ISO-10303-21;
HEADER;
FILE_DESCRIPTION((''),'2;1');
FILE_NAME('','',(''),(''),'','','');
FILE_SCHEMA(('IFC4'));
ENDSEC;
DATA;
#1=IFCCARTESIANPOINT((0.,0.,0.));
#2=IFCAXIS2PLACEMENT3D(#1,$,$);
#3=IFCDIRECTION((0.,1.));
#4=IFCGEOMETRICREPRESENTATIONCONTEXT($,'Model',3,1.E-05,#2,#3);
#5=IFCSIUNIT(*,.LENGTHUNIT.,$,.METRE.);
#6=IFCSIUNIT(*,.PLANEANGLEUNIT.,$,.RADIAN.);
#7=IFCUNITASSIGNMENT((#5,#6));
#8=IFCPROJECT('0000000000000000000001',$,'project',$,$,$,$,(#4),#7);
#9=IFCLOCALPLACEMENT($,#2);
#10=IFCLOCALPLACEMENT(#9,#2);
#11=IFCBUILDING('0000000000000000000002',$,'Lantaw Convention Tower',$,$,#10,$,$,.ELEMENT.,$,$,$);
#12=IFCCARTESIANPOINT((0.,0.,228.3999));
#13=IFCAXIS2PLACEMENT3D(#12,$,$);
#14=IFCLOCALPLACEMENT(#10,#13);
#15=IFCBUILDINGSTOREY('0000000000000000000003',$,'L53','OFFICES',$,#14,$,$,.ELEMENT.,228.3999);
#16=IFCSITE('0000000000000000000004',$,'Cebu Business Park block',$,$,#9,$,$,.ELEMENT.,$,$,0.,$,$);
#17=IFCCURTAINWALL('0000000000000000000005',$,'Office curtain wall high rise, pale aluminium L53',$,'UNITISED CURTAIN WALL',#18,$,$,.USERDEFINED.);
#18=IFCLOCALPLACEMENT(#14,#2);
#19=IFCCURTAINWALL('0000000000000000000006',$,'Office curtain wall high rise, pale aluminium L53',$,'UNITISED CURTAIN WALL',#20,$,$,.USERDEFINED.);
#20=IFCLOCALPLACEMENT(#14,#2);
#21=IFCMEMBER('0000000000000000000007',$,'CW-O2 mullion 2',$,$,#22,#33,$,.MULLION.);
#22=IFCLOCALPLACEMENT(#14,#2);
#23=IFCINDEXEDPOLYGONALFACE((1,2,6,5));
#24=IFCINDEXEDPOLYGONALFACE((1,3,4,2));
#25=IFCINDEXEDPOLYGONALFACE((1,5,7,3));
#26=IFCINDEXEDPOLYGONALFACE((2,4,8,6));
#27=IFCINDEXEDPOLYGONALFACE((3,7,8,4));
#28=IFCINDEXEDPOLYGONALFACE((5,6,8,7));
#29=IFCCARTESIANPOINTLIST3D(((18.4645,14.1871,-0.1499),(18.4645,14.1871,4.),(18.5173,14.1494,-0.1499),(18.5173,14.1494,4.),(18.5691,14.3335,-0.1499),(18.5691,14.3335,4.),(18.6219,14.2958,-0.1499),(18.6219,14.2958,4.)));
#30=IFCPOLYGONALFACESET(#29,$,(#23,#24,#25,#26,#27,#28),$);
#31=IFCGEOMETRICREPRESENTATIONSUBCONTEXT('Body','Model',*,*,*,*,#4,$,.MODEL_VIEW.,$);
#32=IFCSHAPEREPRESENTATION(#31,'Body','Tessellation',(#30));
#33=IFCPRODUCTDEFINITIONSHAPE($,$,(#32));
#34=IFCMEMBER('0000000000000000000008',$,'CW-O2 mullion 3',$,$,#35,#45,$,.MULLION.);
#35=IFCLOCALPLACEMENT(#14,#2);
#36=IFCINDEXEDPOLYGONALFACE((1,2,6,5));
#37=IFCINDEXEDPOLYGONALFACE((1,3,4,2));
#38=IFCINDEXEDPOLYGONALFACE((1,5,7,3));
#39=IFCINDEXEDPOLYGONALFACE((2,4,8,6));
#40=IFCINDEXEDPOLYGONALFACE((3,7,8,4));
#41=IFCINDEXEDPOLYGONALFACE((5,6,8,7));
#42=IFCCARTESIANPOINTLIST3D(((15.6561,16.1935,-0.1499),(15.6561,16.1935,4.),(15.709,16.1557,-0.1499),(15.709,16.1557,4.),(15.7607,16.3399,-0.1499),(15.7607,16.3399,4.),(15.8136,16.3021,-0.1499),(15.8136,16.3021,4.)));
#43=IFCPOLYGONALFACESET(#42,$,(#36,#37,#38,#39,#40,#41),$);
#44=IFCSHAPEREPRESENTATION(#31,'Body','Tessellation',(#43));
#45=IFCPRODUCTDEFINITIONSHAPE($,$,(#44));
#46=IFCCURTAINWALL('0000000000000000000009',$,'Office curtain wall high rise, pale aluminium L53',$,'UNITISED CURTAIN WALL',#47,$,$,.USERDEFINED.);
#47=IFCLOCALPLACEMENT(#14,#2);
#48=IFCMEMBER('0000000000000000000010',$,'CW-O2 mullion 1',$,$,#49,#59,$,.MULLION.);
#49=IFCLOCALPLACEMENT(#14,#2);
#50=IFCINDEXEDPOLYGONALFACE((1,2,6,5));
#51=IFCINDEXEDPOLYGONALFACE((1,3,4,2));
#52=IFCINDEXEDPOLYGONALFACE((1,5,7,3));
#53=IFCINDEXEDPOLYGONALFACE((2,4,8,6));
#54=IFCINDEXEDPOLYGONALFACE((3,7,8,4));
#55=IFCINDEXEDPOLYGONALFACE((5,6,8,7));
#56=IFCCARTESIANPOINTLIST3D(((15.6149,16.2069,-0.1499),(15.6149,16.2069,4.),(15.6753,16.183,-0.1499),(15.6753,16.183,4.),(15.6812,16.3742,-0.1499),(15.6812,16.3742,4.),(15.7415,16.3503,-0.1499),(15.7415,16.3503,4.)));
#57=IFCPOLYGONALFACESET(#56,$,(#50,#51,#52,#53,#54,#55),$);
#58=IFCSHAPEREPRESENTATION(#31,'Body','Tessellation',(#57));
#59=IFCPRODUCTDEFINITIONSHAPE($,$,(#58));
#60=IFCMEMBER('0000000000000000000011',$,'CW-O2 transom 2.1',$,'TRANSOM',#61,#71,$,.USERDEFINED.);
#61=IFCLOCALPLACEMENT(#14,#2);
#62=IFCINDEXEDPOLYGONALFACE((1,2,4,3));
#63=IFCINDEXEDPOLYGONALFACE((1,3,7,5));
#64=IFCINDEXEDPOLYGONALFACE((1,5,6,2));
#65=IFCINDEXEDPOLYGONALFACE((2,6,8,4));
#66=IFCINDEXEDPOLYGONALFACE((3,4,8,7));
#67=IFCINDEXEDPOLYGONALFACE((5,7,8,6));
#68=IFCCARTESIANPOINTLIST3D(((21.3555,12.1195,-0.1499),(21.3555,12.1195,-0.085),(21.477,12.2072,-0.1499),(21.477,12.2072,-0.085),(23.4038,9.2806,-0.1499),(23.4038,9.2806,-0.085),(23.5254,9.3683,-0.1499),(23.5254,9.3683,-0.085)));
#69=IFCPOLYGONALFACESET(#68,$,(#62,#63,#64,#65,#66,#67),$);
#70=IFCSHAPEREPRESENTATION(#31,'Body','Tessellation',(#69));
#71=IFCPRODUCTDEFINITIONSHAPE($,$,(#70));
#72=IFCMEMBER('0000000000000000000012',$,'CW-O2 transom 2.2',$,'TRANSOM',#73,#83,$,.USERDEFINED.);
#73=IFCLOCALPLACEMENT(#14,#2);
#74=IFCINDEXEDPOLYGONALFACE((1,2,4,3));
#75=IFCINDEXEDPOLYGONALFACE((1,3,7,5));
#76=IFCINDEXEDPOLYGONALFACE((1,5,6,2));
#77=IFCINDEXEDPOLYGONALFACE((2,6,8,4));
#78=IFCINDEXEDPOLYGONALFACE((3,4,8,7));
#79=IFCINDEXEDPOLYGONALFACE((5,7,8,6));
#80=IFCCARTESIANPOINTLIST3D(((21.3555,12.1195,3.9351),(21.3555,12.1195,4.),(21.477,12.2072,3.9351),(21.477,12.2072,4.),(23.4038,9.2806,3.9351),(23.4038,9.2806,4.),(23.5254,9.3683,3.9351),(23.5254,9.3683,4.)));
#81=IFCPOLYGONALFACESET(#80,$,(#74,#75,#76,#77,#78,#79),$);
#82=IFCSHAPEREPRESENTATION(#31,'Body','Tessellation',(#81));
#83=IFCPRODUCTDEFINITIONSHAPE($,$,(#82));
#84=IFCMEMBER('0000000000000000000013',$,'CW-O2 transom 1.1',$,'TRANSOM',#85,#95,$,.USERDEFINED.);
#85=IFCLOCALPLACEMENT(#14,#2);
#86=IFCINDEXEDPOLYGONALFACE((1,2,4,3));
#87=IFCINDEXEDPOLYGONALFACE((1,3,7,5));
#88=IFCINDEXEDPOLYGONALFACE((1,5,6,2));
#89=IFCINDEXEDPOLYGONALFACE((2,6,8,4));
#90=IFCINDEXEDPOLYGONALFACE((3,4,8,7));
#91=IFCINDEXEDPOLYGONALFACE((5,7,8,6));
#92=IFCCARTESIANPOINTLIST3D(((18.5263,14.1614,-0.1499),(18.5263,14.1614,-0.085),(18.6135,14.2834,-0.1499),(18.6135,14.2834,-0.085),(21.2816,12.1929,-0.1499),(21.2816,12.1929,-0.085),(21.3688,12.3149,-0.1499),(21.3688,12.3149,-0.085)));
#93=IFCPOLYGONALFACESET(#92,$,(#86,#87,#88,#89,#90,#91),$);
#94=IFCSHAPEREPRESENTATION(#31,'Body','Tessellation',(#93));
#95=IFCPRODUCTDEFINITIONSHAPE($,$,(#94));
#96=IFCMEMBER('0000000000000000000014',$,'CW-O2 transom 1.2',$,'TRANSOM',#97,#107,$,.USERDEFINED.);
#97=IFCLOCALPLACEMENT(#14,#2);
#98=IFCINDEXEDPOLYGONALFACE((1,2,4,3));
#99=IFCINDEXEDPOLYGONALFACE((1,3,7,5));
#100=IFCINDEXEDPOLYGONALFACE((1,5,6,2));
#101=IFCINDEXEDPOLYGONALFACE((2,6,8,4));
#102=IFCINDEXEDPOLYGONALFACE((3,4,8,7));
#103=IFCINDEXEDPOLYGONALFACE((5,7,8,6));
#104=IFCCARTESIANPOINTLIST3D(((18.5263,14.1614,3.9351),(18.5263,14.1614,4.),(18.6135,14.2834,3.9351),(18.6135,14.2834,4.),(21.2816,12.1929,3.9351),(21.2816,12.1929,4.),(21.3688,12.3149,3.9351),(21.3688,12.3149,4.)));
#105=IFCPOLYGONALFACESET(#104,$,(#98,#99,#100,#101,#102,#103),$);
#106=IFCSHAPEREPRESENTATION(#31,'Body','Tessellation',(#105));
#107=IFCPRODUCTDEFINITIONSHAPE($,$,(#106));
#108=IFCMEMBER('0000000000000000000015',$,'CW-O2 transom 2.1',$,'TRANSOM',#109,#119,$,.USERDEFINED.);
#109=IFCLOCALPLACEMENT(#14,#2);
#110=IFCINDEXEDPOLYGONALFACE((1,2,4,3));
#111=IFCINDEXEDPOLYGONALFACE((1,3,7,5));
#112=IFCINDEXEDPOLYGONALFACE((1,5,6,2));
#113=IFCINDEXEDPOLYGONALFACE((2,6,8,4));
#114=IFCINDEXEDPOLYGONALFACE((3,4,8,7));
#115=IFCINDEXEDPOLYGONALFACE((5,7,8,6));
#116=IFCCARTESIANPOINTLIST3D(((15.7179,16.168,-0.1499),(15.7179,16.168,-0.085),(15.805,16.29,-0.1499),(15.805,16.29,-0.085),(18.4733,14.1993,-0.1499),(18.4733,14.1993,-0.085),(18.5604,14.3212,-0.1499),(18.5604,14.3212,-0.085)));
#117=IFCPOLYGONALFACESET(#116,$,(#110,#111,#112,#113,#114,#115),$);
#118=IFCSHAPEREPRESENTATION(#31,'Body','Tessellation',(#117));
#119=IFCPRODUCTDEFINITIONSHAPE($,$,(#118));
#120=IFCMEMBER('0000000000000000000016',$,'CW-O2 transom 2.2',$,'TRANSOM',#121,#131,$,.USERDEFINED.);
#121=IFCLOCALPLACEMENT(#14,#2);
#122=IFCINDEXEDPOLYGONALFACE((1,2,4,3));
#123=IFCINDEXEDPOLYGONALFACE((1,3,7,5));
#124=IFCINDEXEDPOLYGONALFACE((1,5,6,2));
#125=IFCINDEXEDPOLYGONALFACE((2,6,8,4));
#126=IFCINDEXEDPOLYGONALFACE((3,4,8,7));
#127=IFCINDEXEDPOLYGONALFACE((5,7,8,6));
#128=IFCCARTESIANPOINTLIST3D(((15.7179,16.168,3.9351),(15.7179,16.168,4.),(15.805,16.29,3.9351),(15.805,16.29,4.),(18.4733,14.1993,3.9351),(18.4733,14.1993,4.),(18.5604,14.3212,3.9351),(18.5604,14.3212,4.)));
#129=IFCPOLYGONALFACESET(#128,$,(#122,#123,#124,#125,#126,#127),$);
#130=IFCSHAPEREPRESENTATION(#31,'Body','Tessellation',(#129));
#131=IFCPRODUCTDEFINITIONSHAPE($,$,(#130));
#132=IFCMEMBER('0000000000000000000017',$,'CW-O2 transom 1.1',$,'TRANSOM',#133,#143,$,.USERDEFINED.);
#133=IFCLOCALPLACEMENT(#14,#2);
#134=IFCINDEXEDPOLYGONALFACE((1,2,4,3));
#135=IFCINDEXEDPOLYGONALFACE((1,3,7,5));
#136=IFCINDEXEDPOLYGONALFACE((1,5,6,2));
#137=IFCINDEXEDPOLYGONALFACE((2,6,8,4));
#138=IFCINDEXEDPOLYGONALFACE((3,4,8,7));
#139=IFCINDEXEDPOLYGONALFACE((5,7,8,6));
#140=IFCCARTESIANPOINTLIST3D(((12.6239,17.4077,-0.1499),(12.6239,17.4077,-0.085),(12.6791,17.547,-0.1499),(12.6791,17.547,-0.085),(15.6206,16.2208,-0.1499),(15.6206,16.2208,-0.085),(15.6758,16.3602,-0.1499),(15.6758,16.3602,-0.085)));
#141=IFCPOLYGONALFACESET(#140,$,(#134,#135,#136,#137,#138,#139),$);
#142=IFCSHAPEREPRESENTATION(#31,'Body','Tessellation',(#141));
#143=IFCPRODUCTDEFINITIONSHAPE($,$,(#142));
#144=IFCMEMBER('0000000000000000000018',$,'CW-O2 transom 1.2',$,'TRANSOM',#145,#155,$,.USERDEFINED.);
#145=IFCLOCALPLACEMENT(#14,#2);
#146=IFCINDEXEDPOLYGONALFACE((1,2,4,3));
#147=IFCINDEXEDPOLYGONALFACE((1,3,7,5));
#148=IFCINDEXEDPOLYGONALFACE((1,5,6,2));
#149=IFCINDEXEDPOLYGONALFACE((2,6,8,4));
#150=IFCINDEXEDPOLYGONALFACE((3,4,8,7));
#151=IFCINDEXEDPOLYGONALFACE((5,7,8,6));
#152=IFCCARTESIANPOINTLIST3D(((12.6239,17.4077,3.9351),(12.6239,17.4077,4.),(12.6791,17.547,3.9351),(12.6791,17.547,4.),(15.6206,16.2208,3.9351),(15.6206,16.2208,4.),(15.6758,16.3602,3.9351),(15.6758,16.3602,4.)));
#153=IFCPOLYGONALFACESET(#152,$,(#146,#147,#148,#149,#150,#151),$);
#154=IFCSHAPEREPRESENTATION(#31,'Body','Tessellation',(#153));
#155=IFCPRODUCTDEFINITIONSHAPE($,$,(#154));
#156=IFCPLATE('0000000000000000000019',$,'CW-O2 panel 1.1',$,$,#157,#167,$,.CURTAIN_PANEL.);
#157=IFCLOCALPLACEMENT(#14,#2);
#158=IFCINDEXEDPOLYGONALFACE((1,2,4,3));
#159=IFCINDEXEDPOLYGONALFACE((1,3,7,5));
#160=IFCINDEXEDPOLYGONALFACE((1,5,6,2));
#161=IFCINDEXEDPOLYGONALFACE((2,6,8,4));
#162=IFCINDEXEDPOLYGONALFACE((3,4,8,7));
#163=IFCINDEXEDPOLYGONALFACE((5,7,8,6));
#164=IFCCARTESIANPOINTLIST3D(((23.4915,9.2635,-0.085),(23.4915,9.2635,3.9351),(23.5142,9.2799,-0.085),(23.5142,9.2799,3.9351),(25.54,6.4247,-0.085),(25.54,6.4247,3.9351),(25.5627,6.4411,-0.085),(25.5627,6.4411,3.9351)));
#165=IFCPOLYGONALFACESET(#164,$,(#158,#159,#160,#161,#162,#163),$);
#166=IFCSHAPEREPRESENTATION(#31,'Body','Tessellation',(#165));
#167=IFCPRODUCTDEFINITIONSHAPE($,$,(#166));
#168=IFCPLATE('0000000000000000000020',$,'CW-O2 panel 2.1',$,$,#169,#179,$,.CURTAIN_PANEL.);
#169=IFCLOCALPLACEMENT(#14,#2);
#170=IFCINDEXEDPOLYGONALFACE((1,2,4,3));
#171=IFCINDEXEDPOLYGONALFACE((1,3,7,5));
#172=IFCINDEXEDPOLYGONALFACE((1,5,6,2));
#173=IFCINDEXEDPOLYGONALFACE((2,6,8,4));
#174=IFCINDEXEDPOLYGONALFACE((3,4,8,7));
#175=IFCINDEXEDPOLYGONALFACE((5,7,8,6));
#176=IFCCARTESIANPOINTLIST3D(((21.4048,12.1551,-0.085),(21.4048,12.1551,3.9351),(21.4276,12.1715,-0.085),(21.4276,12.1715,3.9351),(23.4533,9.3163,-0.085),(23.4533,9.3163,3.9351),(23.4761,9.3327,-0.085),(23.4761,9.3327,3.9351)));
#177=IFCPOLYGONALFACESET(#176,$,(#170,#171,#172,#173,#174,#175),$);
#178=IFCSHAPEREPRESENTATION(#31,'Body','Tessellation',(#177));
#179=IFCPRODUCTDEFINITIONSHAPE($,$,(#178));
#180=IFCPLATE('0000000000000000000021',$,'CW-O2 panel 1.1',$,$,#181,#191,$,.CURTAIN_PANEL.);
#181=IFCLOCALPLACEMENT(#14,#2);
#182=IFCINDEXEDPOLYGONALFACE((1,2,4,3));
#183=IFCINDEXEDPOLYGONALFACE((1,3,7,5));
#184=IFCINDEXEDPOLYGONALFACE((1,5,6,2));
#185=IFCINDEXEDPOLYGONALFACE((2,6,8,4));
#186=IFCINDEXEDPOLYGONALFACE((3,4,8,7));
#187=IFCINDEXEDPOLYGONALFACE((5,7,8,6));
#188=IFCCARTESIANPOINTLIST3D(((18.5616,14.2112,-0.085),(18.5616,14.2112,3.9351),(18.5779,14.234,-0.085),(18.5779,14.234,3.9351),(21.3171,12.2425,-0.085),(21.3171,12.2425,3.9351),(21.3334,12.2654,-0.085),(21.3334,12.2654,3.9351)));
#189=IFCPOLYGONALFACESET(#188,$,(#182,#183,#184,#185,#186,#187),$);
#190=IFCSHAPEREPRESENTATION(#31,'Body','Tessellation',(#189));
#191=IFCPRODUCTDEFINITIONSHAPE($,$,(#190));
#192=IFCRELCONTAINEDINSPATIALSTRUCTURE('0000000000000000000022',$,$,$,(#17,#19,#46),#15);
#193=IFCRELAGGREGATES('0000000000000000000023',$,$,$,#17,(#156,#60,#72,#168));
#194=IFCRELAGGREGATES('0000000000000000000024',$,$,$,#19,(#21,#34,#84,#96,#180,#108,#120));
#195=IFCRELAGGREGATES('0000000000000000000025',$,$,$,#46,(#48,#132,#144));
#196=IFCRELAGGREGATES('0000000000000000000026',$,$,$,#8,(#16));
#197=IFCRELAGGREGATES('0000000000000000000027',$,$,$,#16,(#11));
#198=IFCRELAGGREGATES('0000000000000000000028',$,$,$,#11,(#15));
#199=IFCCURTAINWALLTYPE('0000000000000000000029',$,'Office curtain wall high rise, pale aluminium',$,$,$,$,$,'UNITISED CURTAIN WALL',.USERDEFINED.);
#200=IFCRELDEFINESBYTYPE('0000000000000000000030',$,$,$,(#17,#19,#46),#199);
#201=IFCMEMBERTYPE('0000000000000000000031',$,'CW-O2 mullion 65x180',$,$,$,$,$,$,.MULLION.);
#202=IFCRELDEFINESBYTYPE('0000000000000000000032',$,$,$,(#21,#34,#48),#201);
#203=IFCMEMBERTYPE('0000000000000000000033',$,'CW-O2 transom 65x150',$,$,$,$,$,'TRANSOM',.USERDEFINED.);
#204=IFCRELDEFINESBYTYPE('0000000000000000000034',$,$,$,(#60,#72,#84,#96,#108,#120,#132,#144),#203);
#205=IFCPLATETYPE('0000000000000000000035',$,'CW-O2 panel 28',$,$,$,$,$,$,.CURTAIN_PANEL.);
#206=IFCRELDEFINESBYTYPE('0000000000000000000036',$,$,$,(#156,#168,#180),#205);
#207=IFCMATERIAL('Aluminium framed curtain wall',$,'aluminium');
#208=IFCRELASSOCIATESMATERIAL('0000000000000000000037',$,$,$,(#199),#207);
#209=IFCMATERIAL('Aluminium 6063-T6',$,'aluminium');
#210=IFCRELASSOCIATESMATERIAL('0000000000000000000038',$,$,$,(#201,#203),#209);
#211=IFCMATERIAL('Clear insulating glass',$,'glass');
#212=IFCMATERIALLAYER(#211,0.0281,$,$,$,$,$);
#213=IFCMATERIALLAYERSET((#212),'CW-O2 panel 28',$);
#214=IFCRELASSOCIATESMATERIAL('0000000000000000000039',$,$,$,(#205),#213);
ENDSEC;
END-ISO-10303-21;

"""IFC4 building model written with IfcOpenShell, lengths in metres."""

from ifc_helpers import new_model, si_unit, direction, frame, origin, origin_2d, place, context, subcontext, project, spatial, rectangle, extrude, material, layer, layer_set, material_profile, profile_set, type_object, element, aggregate, save


model = new_model("IFC4")

# Units and contexts
model_context = context("Model", 3, precision=1e-05, world=origin(), true_north=direction((0.0, 1.0)))
body_context = subcontext(model_context, "Body", "Model", "MODEL_VIEW")
ifc_project = project(units=[si_unit("LENGTHUNIT", "METRE"), si_unit("PLANEANGLEUNIT", "RADIAN")], contexts=[model_context])

# Site, building, storey
site_placement = place(None, origin())
site = spatial("IfcSite", under=ifc_project, at=site_placement, Name="Cebu Business Park block", CompositionType="ELEMENT", RefElevation=0.0)
building_placement = place(site_placement, origin())
building = spatial("IfcBuilding", under=site, at=building_placement, Name="Lantaw Convention Tower", CompositionType="ELEMENT")
storey_placement = place(building_placement, frame((0.0, 0.0, 228.3999)))
storey = spatial("IfcBuildingStorey", under=building, at=storey_placement, Name="L53", Description="OFFICES", CompositionType="ELEMENT", Elevation=228.3999)

# Curtain walls, members
ifc_material_1 = material(Name="Aluminium framed curtain wall", Category="aluminium")
curtain_wall_type = type_object("IfcCurtainWallType", Name="Office curtain wall high rise, pale aluminium", ElementType="UNITISED CURTAIN WALL", PredefinedType="USERDEFINED", material=ifc_material_1)
curtain_wall_1_placement = place(storey_placement, origin())
curtain_wall_1 = element("IfcCurtainWall", 1, at=curtain_wall_1_placement, inside=storey, type_object=curtain_wall_type, Name="Office curtain wall high rise, pale aluminium L53", ObjectType="UNITISED CURTAIN WALL", PredefinedType="USERDEFINED")
ifc_material_2 = material(Name="Aluminium 6063-T6", Category="aluminium")
ifc_material_profile_1 = material_profile(ifc_material_2, rectangle(XDim=0.1799, YDim=0.0649, at=origin_2d()), Name="CW-O2 mullion 65x180")
ifc_profile_set_1 = profile_set([ifc_material_profile_1], Name="Aluminium 6063-T6")
member_type_1 = type_object("IfcMemberType", Name="CW-O2 mullion 65x180", PredefinedType="MULLION", material=ifc_profile_set_1)
curtain_wall_2_placement = place(storey_placement, origin())
curtain_wall_2 = element("IfcCurtainWall", 2, at=curtain_wall_2_placement, inside=storey, type_object=curtain_wall_type, Name="Office curtain wall high rise, pale aluminium L53", ObjectType="UNITISED CURTAIN WALL", PredefinedType="USERDEFINED")
member_1_placement = place(storey_placement, frame((18.5432, 14.2415, -0.1499), z_axis=(0.0, 0.0, 1.0), x_axis=(-0.581323, -0.813673, 0.0)))
member_1 = element("IfcMember", 3, at=member_1_placement, type_object=member_type_1, Name="CW-O2 mullion 2", PredefinedType="MULLION", context=body_context, shape_type="SweptSolid", body=[
    extrude(rectangle(XDim=0.1799, YDim=0.0649, at=origin_2d()), origin(), (0.0, 0.0, 1.0), 4.1499),
])
member_2_placement = place(storey_placement, frame((15.7349, 16.2478, -0.1499), z_axis=(0.0, 0.0, 1.0), x_axis=(-0.581323, -0.813673, 0.0)))
member_2 = element("IfcMember", 4, at=member_2_placement, type_object=member_type_1, Name="CW-O2 mullion 3", PredefinedType="MULLION", context=body_context, shape_type="SweptSolid", body=[
    extrude(rectangle(XDim=0.1799, YDim=0.0649, at=origin_2d()), origin(), (0.0, 0.0, 1.0), 4.1499),
])

# Curtain wall, member
curtain_wall_3_placement = place(storey_placement, origin())
curtain_wall_3 = element("IfcCurtainWall", 5, at=curtain_wall_3_placement, inside=storey, type_object=curtain_wall_type, Name="Office curtain wall high rise, pale aluminium L53", ObjectType="UNITISED CURTAIN WALL", PredefinedType="USERDEFINED")
member_3_placement = place(storey_placement, frame((15.6782, 16.2786, -0.1499), z_axis=(0.0, 0.0, 1.0), x_axis=(-0.368162, -0.929762, 0.0)))
member_3 = element("IfcMember", 6, at=member_3_placement, type_object=member_type_1, Name="CW-O2 mullion 1", PredefinedType="MULLION", context=body_context, shape_type="SweptSolid", body=[
    extrude(rectangle(XDim=0.1799, YDim=0.0649, at=origin_2d()), origin(), (0.0, 0.0, 1.0), 4.1499),
])

# Members
ifc_material_profile_2 = material_profile(ifc_material_2, rectangle(XDim=0.1499, YDim=0.0649, at=origin_2d()), Name="CW-O2 transom 65x150")
ifc_profile_set_2 = profile_set([ifc_material_profile_2], Name="Aluminium 6063-T6")
member_type_2 = type_object("IfcMemberType", Name="CW-O2 transom 65x150", ElementType="TRANSOM", PredefinedType="USERDEFINED", material=ifc_profile_set_2)
member_4_placement = place(storey_placement, frame((23.4646, 9.3245, -0.1174), z_axis=(-0.585124, 0.810944, 0.0), x_axis=(-0.810944, -0.585124, 0.0)))
member_4 = element("IfcMember", 7, at=member_4_placement, type_object=member_type_2, Name="CW-O2 transom 2.1", ObjectType="TRANSOM", PredefinedType="USERDEFINED", context=body_context, shape_type="SweptSolid", body=[
    extrude(rectangle(XDim=0.1499, YDim=0.0649, at=origin_2d()), origin(), (0.0, 0.0, 1.0), 3.5007),
])
member_5_placement = place(storey_placement, frame((23.4646, 9.3245, 3.9675), z_axis=(-0.585124, 0.810944, 0.0), x_axis=(-0.810944, -0.585124, 0.0)))
member_5 = element("IfcMember", 8, at=member_5_placement, type_object=member_type_2, Name="CW-O2 transom 2.2", ObjectType="TRANSOM", PredefinedType="USERDEFINED", context=body_context, shape_type="SweptSolid", body=[
    extrude(rectangle(XDim=0.1499, YDim=0.0649, at=origin_2d()), origin(), (0.0, 0.0, 1.0), 3.5007),
])
member_6_placement = place(storey_placement, frame((21.3252, 12.2539, -0.1174), z_axis=(-0.81368, 0.581313, 0.0), x_axis=(-0.581313, -0.81368, 0.0)))
member_6 = element("IfcMember", 9, at=member_6_placement, type_object=member_type_2, Name="CW-O2 transom 1.1", ObjectType="TRANSOM", PredefinedType="USERDEFINED", context=body_context, shape_type="SweptSolid", body=[
    extrude(rectangle(XDim=0.1499, YDim=0.0649, at=origin_2d()), origin(), (0.0, 0.0, 1.0), 3.3862),
])
member_7_placement = place(storey_placement, frame((21.3252, 12.2539, 3.9675), z_axis=(-0.81368, 0.581313, 0.0), x_axis=(-0.581313, -0.81368, 0.0)))
member_7 = element("IfcMember", 10, at=member_7_placement, type_object=member_type_2, Name="CW-O2 transom 1.2", ObjectType="TRANSOM", PredefinedType="USERDEFINED", context=body_context, shape_type="SweptSolid", body=[
    extrude(rectangle(XDim=0.1499, YDim=0.0649, at=origin_2d()), origin(), (0.0, 0.0, 1.0), 3.3862),
])
member_8_placement = place(storey_placement, frame((18.5168, 14.2603, -0.1174), z_axis=(-0.813646, 0.581361, 0.0), x_axis=(-0.581361, -0.813646, 0.0)))
member_8 = element("IfcMember", 11, at=member_8_placement, type_object=member_type_2, Name="CW-O2 transom 2.1", ObjectType="TRANSOM", PredefinedType="USERDEFINED", context=body_context, shape_type="SweptSolid", body=[
    extrude(rectangle(XDim=0.1499, YDim=0.0649, at=origin_2d()), origin(), (0.0, 0.0, 1.0), 3.3865),
])
member_9_placement = place(storey_placement, frame((18.5168, 14.2603, 3.9675), z_axis=(-0.813646, 0.581361, 0.0), x_axis=(-0.581361, -0.813646, 0.0)))
member_9 = element("IfcMember", 12, at=member_9_placement, type_object=member_type_2, Name="CW-O2 transom 2.2", ObjectType="TRANSOM", PredefinedType="USERDEFINED", context=body_context, shape_type="SweptSolid", body=[
    extrude(rectangle(XDim=0.1499, YDim=0.0649, at=origin_2d()), origin(), (0.0, 0.0, 1.0), 3.3865),
])
member_10_placement = place(storey_placement, frame((15.6482, 16.2905, -0.1174), z_axis=(-0.929741, 0.368215, 0.0), x_axis=(-0.368215, -0.929741, 0.0)))
member_10 = element("IfcMember", 13, at=member_10_placement, type_object=member_type_2, Name="CW-O2 transom 1.1", ObjectType="TRANSOM", PredefinedType="USERDEFINED", context=body_context, shape_type="SweptSolid", body=[
    extrude(rectangle(XDim=0.1499, YDim=0.0649, at=origin_2d()), origin(), (0.0, 0.0, 1.0), 3.2231),
])
member_11_placement = place(storey_placement, frame((15.6482, 16.2905, 3.9675), z_axis=(-0.929741, 0.368215, 0.0), x_axis=(-0.368215, -0.929741, 0.0)))
member_11 = element("IfcMember", 14, at=member_11_placement, type_object=member_type_2, Name="CW-O2 transom 1.2", ObjectType="TRANSOM", PredefinedType="USERDEFINED", context=body_context, shape_type="SweptSolid", body=[
    extrude(rectangle(XDim=0.1499, YDim=0.0649, at=origin_2d()), origin(), (0.0, 0.0, 1.0), 3.2231),
])

# Plates
ifc_material_3 = material(Name="Clear insulating glass", Category="glass")
ifc_layer_1 = layer(ifc_material_3, 0.0281)
ifc_layer_set_1 = layer_set([ifc_layer_1], Name="CW-O2 panel 28")
plate_type_1 = type_object("IfcPlateType", Name="CW-O2 panel 28", PredefinedType="CURTAIN_PANEL", material=ifc_layer_set_1)
plate_1_placement = place(storey_placement, frame((24.5271, 7.8523, -0.085), z_axis=(0.0, 0.0, 1.0), x_axis=(-0.585158, 0.81092, 0.0)))
plate_1 = element("IfcPlate", 15, at=plate_1_placement, type_object=plate_type_1, Name="CW-O2 panel 1.1", PredefinedType="CURTAIN_PANEL", context=body_context, shape_type="SweptSolid", body=[
    extrude(rectangle(XDim=3.5007, YDim=0.0281, at=origin_2d()), origin(), (0.0, 0.0, 1.0), 4.02),
])
plate_2_placement = place(storey_placement, frame((22.4404, 10.7439, -0.085), z_axis=(0.0, 0.0, 1.0), x_axis=(-0.585158, 0.81092, 0.0)))
plate_2 = element("IfcPlate", 16, at=plate_2_placement, type_object=plate_type_1, Name="CW-O2 panel 2.1", PredefinedType="CURTAIN_PANEL", context=body_context, shape_type="SweptSolid", body=[
    extrude(rectangle(XDim=3.5007, YDim=0.0281, at=origin_2d()), origin(), (0.0, 0.0, 1.0), 4.02),
])
aggregate(curtain_wall_1, [plate_1, member_4, member_5, plate_2])
plate_3_placement = place(storey_placement, frame((19.9475, 13.2383, -0.085), z_axis=(0.0, 0.0, 1.0), x_axis=(-0.813673, 0.581323, 0.0)))
plate_3 = element("IfcPlate", 17, at=plate_3_placement, type_object=plate_type_1, Name="CW-O2 panel 1.1", PredefinedType="CURTAIN_PANEL", context=body_context, shape_type="SweptSolid", body=[
    extrude(rectangle(XDim=3.3865, YDim=0.0281, at=origin_2d()), origin(), (0.0, 0.0, 1.0), 4.02),
])
aggregate(curtain_wall_2, [member_1, member_2, member_6, member_7, plate_3, member_8, member_9])
aggregate(curtain_wall_3, [member_3, member_10, member_11])

save(model, "model.ifc")
